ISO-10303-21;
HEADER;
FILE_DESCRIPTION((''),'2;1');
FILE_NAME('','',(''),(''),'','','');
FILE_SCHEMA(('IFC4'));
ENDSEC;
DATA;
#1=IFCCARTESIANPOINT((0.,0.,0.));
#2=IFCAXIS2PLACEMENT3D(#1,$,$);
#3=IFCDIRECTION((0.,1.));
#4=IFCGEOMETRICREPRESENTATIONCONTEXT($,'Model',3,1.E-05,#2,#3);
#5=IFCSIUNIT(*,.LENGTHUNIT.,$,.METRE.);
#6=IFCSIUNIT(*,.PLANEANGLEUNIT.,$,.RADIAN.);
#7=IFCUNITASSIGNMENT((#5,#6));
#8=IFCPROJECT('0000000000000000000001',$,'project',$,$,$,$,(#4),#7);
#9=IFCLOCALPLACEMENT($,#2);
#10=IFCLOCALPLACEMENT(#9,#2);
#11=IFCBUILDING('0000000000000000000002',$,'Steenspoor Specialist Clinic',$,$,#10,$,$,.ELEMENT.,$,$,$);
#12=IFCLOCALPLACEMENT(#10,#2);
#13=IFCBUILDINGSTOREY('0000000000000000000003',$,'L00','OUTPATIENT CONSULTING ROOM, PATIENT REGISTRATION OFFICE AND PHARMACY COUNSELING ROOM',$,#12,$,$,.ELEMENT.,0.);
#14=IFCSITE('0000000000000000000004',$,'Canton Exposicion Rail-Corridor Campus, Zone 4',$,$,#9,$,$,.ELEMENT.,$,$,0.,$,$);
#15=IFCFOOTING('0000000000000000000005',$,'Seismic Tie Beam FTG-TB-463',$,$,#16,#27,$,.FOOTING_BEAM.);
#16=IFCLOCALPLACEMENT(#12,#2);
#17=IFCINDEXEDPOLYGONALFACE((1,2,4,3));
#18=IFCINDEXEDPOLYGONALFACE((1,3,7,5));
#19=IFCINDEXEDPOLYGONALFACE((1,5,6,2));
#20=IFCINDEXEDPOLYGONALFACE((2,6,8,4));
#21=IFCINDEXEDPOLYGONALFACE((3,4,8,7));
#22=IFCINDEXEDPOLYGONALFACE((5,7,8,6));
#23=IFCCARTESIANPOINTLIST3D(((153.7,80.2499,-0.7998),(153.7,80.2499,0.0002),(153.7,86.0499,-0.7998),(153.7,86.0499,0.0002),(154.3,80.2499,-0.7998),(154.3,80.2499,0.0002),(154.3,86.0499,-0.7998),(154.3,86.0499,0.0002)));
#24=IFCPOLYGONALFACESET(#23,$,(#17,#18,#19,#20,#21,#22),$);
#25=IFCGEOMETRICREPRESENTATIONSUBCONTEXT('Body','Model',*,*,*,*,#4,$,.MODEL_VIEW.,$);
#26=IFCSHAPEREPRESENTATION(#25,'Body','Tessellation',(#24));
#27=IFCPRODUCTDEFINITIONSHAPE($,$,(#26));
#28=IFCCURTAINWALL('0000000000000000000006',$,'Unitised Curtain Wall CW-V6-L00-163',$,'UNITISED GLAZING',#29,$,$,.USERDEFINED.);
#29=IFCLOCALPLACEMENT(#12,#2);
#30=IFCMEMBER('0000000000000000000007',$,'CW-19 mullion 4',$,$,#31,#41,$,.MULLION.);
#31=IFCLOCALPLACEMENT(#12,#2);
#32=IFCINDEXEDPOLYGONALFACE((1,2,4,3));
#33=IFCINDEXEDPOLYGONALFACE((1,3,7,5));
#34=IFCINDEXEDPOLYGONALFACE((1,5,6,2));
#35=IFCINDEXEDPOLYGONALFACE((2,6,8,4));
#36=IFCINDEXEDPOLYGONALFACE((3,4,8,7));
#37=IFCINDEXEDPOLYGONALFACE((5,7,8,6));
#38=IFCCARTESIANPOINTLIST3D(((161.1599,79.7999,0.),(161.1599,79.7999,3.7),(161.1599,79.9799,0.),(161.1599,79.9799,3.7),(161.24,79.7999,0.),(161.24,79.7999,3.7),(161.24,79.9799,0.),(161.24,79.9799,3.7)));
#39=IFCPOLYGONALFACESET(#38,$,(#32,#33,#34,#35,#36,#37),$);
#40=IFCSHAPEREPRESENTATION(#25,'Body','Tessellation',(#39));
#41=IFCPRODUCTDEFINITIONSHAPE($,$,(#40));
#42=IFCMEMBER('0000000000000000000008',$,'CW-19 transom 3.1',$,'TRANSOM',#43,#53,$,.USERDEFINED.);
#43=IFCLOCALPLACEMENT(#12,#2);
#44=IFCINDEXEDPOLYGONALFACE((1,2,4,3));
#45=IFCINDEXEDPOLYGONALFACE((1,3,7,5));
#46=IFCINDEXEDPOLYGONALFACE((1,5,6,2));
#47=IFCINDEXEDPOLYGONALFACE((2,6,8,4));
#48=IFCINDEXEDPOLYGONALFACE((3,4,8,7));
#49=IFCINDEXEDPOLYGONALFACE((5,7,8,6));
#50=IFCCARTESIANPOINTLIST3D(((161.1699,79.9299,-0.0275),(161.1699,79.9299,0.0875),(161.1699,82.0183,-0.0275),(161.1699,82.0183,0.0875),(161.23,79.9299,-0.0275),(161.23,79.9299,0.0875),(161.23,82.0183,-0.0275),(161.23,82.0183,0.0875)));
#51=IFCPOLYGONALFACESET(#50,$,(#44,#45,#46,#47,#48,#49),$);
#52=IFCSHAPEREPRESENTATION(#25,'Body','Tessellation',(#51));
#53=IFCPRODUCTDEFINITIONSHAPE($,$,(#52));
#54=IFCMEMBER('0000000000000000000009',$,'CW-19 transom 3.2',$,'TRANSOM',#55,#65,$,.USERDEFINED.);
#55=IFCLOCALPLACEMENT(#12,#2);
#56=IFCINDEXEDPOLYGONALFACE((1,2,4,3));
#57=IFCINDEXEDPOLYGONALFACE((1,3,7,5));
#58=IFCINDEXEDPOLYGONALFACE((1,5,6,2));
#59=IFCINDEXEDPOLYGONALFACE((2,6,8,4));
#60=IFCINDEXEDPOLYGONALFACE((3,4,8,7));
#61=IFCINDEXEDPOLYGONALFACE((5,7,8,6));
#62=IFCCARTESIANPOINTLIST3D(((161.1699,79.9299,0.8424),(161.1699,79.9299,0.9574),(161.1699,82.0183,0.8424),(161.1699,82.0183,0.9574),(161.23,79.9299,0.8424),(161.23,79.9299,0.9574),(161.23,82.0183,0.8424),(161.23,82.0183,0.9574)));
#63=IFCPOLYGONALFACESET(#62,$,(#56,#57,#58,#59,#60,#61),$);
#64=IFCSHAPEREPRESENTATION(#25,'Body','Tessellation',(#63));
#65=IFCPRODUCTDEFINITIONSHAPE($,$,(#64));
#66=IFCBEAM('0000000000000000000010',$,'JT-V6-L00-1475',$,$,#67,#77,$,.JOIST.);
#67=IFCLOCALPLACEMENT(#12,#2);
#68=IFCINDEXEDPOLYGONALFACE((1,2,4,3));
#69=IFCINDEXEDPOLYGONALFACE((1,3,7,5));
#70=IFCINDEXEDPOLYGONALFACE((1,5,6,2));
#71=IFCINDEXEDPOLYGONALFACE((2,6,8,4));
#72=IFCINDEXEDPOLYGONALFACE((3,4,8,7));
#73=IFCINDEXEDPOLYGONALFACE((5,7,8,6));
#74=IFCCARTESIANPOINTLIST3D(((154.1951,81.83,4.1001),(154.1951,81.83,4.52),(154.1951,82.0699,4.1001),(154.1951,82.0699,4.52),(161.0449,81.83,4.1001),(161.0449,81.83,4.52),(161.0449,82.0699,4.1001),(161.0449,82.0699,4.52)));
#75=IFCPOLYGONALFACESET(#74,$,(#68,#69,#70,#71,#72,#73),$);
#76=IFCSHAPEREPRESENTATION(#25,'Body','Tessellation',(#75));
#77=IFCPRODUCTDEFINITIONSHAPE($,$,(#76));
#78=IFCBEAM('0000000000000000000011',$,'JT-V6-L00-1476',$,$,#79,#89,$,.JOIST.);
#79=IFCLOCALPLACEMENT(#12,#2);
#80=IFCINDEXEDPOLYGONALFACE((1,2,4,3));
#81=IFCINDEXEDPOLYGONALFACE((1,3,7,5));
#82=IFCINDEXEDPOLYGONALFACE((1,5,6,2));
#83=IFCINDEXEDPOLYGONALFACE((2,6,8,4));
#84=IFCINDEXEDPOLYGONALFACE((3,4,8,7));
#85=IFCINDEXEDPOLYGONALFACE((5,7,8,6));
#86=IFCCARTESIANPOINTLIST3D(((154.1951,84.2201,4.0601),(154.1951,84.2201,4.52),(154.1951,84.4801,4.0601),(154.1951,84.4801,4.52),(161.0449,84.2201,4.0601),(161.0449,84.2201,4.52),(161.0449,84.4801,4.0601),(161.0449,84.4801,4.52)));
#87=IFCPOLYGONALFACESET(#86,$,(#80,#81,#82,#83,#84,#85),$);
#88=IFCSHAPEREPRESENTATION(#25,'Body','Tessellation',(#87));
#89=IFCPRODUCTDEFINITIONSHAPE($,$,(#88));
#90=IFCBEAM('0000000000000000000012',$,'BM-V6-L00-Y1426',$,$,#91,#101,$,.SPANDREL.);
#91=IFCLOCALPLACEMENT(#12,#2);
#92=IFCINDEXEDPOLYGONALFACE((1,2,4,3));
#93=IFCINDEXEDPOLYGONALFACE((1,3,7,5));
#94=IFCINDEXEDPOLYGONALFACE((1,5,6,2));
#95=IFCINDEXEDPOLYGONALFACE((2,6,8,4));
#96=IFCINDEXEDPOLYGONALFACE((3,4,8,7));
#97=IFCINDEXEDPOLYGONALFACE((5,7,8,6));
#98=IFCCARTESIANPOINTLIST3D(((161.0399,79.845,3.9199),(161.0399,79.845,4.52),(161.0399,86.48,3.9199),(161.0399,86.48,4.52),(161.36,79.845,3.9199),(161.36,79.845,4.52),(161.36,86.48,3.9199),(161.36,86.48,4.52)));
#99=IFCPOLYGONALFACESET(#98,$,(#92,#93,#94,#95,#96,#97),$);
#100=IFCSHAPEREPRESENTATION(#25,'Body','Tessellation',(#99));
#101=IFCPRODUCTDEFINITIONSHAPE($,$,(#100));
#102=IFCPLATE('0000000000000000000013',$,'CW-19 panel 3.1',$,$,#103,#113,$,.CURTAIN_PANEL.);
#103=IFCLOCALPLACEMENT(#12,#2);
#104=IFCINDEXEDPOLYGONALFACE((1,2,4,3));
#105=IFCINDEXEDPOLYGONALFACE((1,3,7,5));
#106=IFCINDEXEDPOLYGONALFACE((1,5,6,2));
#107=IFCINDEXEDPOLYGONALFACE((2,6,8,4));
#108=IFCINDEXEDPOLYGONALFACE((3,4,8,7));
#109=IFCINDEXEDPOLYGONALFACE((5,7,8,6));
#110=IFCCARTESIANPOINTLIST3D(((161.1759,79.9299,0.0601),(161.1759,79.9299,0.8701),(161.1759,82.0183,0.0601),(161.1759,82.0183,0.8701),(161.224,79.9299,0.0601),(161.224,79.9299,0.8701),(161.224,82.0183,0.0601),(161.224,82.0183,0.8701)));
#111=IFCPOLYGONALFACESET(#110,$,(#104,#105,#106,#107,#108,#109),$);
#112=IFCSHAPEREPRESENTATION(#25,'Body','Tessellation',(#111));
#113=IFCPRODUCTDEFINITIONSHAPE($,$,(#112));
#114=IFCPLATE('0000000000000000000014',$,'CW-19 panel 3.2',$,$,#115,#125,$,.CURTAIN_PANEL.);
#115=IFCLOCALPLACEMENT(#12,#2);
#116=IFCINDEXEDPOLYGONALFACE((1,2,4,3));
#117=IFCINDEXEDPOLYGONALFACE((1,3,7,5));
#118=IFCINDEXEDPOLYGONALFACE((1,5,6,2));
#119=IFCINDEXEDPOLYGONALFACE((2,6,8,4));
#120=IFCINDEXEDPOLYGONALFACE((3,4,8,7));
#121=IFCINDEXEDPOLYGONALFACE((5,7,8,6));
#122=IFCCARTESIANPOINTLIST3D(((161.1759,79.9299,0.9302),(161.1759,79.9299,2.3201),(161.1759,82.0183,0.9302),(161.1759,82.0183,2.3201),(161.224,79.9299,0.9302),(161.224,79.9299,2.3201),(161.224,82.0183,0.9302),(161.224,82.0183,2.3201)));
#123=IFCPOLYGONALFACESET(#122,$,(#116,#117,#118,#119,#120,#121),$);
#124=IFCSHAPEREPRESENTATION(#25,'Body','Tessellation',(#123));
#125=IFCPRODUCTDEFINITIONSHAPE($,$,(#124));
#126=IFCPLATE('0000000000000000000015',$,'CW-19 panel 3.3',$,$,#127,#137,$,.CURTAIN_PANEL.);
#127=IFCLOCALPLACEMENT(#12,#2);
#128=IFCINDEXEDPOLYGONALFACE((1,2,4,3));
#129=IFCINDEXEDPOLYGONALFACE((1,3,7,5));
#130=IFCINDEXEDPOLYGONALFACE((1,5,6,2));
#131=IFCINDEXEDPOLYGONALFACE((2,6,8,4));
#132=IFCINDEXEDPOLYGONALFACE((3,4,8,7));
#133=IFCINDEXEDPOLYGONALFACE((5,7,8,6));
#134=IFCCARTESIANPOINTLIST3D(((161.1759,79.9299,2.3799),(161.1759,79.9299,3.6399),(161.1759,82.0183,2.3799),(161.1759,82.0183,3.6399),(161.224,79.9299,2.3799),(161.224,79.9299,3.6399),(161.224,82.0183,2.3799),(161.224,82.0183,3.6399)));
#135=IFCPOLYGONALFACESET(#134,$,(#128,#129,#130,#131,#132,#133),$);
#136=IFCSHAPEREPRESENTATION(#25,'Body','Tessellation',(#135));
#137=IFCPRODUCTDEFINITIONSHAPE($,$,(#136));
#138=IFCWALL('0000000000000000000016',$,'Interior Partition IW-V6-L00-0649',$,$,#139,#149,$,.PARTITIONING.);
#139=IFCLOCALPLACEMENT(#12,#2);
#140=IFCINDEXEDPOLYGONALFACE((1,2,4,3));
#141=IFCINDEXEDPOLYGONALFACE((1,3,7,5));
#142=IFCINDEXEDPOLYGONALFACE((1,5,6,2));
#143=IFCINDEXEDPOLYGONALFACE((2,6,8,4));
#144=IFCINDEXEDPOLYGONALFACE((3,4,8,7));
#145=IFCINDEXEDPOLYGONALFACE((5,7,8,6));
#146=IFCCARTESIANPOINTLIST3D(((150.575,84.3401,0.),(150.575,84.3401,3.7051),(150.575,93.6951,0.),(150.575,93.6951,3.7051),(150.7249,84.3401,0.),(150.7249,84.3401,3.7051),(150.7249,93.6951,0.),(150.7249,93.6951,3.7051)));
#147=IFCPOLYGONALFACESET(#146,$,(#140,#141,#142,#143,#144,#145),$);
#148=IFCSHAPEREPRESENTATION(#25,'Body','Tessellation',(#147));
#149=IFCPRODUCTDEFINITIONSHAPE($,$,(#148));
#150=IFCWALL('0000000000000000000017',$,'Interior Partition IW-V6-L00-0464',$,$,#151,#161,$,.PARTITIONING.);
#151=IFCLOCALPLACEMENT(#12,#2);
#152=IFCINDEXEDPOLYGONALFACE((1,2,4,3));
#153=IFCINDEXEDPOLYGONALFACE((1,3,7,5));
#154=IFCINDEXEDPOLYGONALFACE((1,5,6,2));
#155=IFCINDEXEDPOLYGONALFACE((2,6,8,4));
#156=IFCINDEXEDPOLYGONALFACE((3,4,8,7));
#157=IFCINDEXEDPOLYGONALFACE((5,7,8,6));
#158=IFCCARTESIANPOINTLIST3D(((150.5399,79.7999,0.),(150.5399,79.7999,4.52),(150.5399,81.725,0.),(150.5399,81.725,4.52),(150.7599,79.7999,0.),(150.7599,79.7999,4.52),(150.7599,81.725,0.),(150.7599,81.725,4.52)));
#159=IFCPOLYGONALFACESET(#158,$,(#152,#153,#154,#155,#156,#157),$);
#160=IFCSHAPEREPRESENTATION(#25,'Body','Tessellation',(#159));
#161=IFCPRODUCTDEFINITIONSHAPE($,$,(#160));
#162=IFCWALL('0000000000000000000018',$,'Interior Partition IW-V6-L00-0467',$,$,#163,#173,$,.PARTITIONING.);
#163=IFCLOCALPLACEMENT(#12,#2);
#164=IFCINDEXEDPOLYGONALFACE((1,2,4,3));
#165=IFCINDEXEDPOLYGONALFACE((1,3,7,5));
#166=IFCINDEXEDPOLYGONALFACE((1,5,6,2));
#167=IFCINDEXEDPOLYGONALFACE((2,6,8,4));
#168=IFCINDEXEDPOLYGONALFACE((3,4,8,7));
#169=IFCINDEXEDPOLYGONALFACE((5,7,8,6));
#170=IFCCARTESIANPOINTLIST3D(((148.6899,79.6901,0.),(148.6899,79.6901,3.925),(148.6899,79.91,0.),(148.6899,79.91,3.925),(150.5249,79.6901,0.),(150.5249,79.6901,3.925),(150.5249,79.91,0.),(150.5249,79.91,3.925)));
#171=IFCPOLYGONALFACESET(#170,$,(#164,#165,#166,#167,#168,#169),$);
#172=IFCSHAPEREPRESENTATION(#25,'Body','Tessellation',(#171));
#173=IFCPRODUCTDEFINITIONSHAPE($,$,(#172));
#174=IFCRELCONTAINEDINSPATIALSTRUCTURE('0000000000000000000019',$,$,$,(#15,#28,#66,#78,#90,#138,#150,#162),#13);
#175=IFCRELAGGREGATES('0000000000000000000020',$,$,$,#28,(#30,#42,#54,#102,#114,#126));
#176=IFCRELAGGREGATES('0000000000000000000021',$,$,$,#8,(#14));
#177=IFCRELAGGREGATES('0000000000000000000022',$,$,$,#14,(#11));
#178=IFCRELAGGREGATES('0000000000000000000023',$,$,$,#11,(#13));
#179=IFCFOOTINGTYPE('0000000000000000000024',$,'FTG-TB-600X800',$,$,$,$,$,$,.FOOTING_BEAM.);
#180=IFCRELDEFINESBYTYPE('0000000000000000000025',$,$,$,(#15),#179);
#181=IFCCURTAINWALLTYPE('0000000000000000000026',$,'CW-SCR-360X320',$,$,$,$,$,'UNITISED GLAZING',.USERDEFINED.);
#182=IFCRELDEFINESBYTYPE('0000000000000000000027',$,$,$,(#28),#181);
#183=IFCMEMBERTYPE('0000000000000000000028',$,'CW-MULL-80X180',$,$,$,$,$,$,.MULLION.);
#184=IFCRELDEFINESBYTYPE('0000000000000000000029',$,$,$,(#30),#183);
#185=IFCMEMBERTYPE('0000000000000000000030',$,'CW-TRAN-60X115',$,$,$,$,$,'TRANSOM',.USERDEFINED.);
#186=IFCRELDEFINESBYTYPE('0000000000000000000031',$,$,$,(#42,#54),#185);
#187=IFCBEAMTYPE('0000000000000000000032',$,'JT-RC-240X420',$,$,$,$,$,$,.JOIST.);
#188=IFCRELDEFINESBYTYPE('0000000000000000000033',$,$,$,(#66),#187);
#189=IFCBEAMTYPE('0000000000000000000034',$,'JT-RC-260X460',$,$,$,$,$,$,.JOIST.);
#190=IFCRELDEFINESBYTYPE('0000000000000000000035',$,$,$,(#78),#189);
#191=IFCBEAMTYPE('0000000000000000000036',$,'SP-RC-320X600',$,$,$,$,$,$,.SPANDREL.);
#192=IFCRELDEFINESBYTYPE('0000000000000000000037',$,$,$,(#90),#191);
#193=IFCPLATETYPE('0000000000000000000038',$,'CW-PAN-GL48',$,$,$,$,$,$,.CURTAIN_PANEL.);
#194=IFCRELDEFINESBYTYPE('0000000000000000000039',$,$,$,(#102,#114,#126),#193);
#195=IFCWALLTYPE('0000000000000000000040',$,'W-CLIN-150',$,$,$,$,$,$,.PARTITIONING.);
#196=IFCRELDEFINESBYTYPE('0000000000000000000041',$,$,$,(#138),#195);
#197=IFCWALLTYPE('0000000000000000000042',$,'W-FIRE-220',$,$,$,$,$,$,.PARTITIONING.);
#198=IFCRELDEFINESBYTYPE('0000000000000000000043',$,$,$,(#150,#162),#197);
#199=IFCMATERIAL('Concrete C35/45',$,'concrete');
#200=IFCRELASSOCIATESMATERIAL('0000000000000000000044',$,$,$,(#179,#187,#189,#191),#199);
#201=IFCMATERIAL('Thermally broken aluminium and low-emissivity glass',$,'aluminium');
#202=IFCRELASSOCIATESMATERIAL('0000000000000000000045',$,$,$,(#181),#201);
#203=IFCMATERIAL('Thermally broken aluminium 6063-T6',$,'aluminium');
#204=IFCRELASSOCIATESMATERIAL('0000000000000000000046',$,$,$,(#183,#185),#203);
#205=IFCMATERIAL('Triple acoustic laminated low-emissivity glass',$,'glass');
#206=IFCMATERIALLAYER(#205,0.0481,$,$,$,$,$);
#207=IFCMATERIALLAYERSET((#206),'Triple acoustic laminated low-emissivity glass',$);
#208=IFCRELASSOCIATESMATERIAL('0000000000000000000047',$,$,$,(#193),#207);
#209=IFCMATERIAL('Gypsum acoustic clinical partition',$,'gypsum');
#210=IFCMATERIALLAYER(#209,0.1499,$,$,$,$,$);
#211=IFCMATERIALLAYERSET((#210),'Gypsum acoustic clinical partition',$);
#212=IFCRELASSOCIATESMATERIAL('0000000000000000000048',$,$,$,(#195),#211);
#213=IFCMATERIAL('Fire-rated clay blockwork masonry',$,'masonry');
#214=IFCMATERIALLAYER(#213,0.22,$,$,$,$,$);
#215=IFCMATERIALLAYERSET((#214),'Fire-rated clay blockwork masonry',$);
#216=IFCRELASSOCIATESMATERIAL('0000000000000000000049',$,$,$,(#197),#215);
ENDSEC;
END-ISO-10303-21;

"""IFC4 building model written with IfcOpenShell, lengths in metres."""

from ifc_helpers import new_model, si_unit, direction, frame, frame_2d, origin, origin_2d, place, context, subcontext, project, spatial, rectangle, extrude, material, layer, layer_set, material_profile, profile_set, type_object, element, aggregate, save


model = new_model("IFC4")

# Units and contexts
model_context = context("Model", 3, precision=1e-05, world=origin(), true_north=direction((0.0, 1.0)))
body_context = subcontext(model_context, "Body", "Model", "MODEL_VIEW")
ifc_project = project(units=[si_unit("LENGTHUNIT", "METRE"), si_unit("PLANEANGLEUNIT", "RADIAN")], contexts=[model_context])

# Site, building, storey
site_placement = place(None, origin())
site = spatial("IfcSite", under=ifc_project, at=site_placement, Name="Canton Exposicion Rail-Corridor Campus, Zone 4", CompositionType="ELEMENT", RefElevation=0.0)
building_placement = place(site_placement, origin())
building = spatial("IfcBuilding", under=site, at=building_placement, Name="Steenspoor Specialist Clinic", CompositionType="ELEMENT")
storey_placement = place(building_placement, origin())
storey = spatial("IfcBuildingStorey", under=building, at=storey_placement, Name="L00", Description="OUTPATIENT CONSULTING ROOM, PATIENT REGISTRATION OFFICE AND PHARMACY COUNSELING ROOM", CompositionType="ELEMENT", Elevation=0.0)

# Footing
ifc_material_1 = material(Name="Concrete C35/45", Category="concrete")
footing_type = type_object("IfcFootingType", Name="FTG-TB-600X800", PredefinedType="FOOTING_BEAM", material=ifc_material_1)
footing_placement = place(storey_placement, frame((154.0, 83.1499, -0.7998), z_axis=(0.0, 0.0, 1.0), x_axis=(1.0, 0.0, 0.0)))
element("IfcFooting", 1, at=footing_placement, inside=storey, type_object=footing_type, Name="Seismic Tie Beam FTG-TB-463", PredefinedType="FOOTING_BEAM", context=body_context, shape_type="SweptSolid", body=[
    extrude(rectangle(XDim=0.6001, YDim=5.8, at=origin_2d()), origin(), (0.0, 0.0, 1.0), 0.8),
])

# Curtain wall, members
ifc_material_2 = material(Name="Thermally broken aluminium and low-emissivity glass", Category="aluminium")
curtain_wall_type = type_object("IfcCurtainWallType", Name="CW-SCR-360X320", ElementType="UNITISED GLAZING", PredefinedType="USERDEFINED", material=ifc_material_2)
curtain_wall_placement = place(storey_placement, origin())
curtain_wall = element("IfcCurtainWall", 2, at=curtain_wall_placement, inside=storey, type_object=curtain_wall_type, Name="Unitised Curtain Wall CW-V6-L00-163", ObjectType="UNITISED GLAZING", PredefinedType="USERDEFINED")
ifc_material_3 = material(Name="Thermally broken aluminium 6063-T6", Category="aluminium")
ifc_material_profile_1 = material_profile(ifc_material_3, rectangle(XDim=0.0801, YDim=0.1799, at=origin_2d()), Name="CWM-80X180")
ifc_profile_set_1 = profile_set([ifc_material_profile_1], Name="Thermally broken aluminium 6063-T6")
member_type_1 = type_object("IfcMemberType", Name="CW-MULL-80X180", PredefinedType="MULLION", material=ifc_profile_set_1)
member_1_placement = place(storey_placement, frame((161.2, 79.8899, 0.0), z_axis=(0.0, 0.0, 1.0), x_axis=(1.0, 0.0, 0.0)))
member_1 = element("IfcMember", 3, at=member_1_placement, type_object=member_type_1, Name="CW-19 mullion 4", PredefinedType="MULLION", context=body_context, shape_type="SweptSolid", body=[
    extrude(rectangle(XDim=0.0801, YDim=0.1799, at=origin_2d()), origin(), (0.0, 0.0, 1.0), 3.7),
])
ifc_material_profile_2 = material_profile(ifc_material_3, rectangle(XDim=0.0601, YDim=0.115, at=origin_2d()), Name="CWT-60X115")
ifc_profile_set_2 = profile_set([ifc_material_profile_2], Name="Thermally broken aluminium 6063-T6")
member_type_2 = type_object("IfcMemberType", Name="CW-TRAN-60X115", ElementType="TRANSOM", PredefinedType="USERDEFINED", material=ifc_profile_set_2)
member_2_placement = place(storey_placement, frame((161.2, 82.0183, 0.03), z_axis=(0.0, -1.0, 0.0), x_axis=(1.0, 0.0, 0.0)))
member_2 = element("IfcMember", 4, at=member_2_placement, type_object=member_type_2, Name="CW-19 transom 3.1", ObjectType="TRANSOM", PredefinedType="USERDEFINED", context=body_context, shape_type="SweptSolid", body=[
    extrude(rectangle(XDim=0.0601, YDim=0.115, at=origin_2d()), origin(), (0.0, 0.0, 1.0), 2.0884),
])
member_3_placement = place(storey_placement, frame((161.2, 82.0183, 0.8999), z_axis=(0.0, -1.0, 0.0), x_axis=(1.0, 0.0, 0.0)))
member_3 = element("IfcMember", 5, at=member_3_placement, type_object=member_type_2, Name="CW-19 transom 3.2", ObjectType="TRANSOM", PredefinedType="USERDEFINED", context=body_context, shape_type="SweptSolid", body=[
    extrude(rectangle(XDim=0.0601, YDim=0.115, at=origin_2d()), origin(), (0.0, 0.0, 1.0), 2.0884),
])

# Beams
ifc_material_profile_3 = material_profile(ifc_material_1, rectangle(XDim=0.24, YDim=0.4199, at=origin_2d()), Name="RC-JT-240X420")
ifc_profile_set_3 = profile_set([ifc_material_profile_3], Name="Concrete C35/45")
beam_type_1 = type_object("IfcBeamType", Name="JT-RC-240X420", PredefinedType="JOIST", material=ifc_profile_set_3)
beam_1_placement = place(storey_placement, frame((154.1951, 81.95, 4.3101), z_axis=(1.0, 0.0, 0.0), x_axis=(0.0, 1.0, 0.0)))
element("IfcBeam", 6, at=beam_1_placement, inside=storey, type_object=beam_type_1, Name="JT-V6-L00-1475", PredefinedType="JOIST", context=body_context, shape_type="SweptSolid", body=[
    extrude(rectangle(XDim=0.24, YDim=0.4199, at=origin_2d()), origin(), (0.0, 0.0, 1.0), 6.8499),
])
ifc_material_profile_4 = material_profile(ifc_material_1, rectangle(XDim=0.26, YDim=0.46, at=origin_2d()), Name="RC-JT-260X460")
ifc_profile_set_4 = profile_set([ifc_material_profile_4], Name="Concrete C35/45")
beam_type_2 = type_object("IfcBeamType", Name="JT-RC-260X460", PredefinedType="JOIST", material=ifc_profile_set_4)
beam_2_placement = place(storey_placement, frame((154.1951, 84.3501, 4.29), z_axis=(1.0, 0.0, 0.0), x_axis=(0.0, 1.0, 0.0)))
element("IfcBeam", 7, at=beam_2_placement, inside=storey, type_object=beam_type_2, Name="JT-V6-L00-1476", PredefinedType="JOIST", context=body_context, shape_type="SweptSolid", body=[
    extrude(rectangle(XDim=0.26, YDim=0.46, at=origin_2d()), origin(), (0.0, 0.0, 1.0), 6.8499),
])
ifc_material_profile_5 = material_profile(ifc_material_1, rectangle(XDim=0.3201, YDim=0.6001, at=origin_2d()), Name="RC-SP-320X600")
ifc_profile_set_5 = profile_set([ifc_material_profile_5], Name="Concrete C35/45")
beam_type_3 = type_object("IfcBeamType", Name="SP-RC-320X600", PredefinedType="SPANDREL", material=ifc_profile_set_5)
beam_3_placement = place(storey_placement, frame((161.2, 79.845, 4.22), z_axis=(0.0, 1.0, 0.0), x_axis=(-1.0, 0.0, 0.0)))
element("IfcBeam", 8, at=beam_3_placement, inside=storey, type_object=beam_type_3, Name="BM-V6-L00-Y1426", PredefinedType="SPANDREL", context=body_context, shape_type="SweptSolid", body=[
    extrude(rectangle(XDim=0.3201, YDim=0.6001, at=origin_2d()), origin(), (0.0, 0.0, 1.0), 6.635),
])

# Plates
ifc_material_4 = material(Name="Triple acoustic laminated low-emissivity glass", Category="glass")
ifc_layer_1 = layer(ifc_material_4, 0.0481)
ifc_layer_set_1 = layer_set([ifc_layer_1], Name="Triple acoustic laminated low-emissivity glass")
plate_type = type_object("IfcPlateType", Name="CW-PAN-GL48", PredefinedType="CURTAIN_PANEL", material=ifc_layer_set_1)
plate_1_placement = place(storey_placement, frame((161.2, 80.9741, 0.0601), z_axis=(0.0, 0.0, 1.0), x_axis=(0.0, -1.0, 0.0)))
plate_1 = element("IfcPlate", 9, at=plate_1_placement, type_object=plate_type, Name="CW-19 panel 3.1", PredefinedType="CURTAIN_PANEL", context=body_context, shape_type="SweptSolid", body=[
    extrude(rectangle(XDim=2.0884, YDim=0.0481, at=origin_2d()), origin(), (0.0, 0.0, 1.0), 0.8101),
])
plate_2_placement = place(storey_placement, frame((161.2, 80.9741, 0.9302), z_axis=(0.0, 0.0, 1.0), x_axis=(0.0, -1.0, 0.0)))
plate_2 = element("IfcPlate", 10, at=plate_2_placement, type_object=plate_type, Name="CW-19 panel 3.2", PredefinedType="CURTAIN_PANEL", context=body_context, shape_type="SweptSolid", body=[
    extrude(rectangle(XDim=2.0884, YDim=0.0481, at=origin_2d()), origin(), (0.0, 0.0, 1.0), 1.3899),
])
plate_3_placement = place(storey_placement, frame((161.2, 80.9741, 2.3799), z_axis=(0.0, 0.0, 1.0), x_axis=(0.0, -1.0, 0.0)))
plate_3 = element("IfcPlate", 11, at=plate_3_placement, type_object=plate_type, Name="CW-19 panel 3.3", PredefinedType="CURTAIN_PANEL", context=body_context, shape_type="SweptSolid", body=[
    extrude(rectangle(XDim=2.0884, YDim=0.0481, at=origin_2d()), origin(), (0.0, 0.0, 1.0), 1.26),
])
aggregate(curtain_wall, [member_1, member_2, member_3, plate_1, plate_2, plate_3])

# Shared definitions
ifc_material_5 = material(Name="Gypsum acoustic clinical partition", Category="gypsum")
ifc_layer_2 = layer(ifc_material_5, 0.1499)
ifc_layer_set_2 = layer_set([ifc_layer_2], Name="Gypsum acoustic clinical partition")
wall_type_1 = type_object("IfcWallType", Name="W-CLIN-150", PredefinedType="PARTITIONING", material=ifc_layer_set_2)

# Walls
wall_1_placement = place(storey_placement, frame((150.6499, 84.3401, 0.0), z_axis=(0.0, 0.0, 1.0), x_axis=(0.0, 1.0, 0.0)))
element("IfcWall", 12, at=wall_1_placement, inside=storey, type_object=wall_type_1, Name="Interior Partition IW-V6-L00-0649", PredefinedType="PARTITIONING", context=body_context, shape_type="SweptSolid", body=[
    extrude(rectangle(XDim=9.355, YDim=0.1499, at=frame_2d((4.6775, 0.0))), origin(), (0.0, 0.0, 1.0), 3.7051),
])
ifc_material_6 = material(Name="Fire-rated clay blockwork masonry", Category="masonry")
ifc_layer_3 = layer(ifc_material_6, 0.22)
ifc_layer_set_3 = layer_set([ifc_layer_3], Name="Fire-rated clay blockwork masonry")
wall_type_2 = type_object("IfcWallType", Name="W-FIRE-220", PredefinedType="PARTITIONING", material=ifc_layer_set_3)
wall_2_placement = place(storey_placement, frame((150.6499, 79.8, 0.0), z_axis=(0.0, 0.0, 1.0), x_axis=(0.0, 1.0, 0.0)))
element("IfcWall", 13, at=wall_2_placement, inside=storey, type_object=wall_type_2, Name="Interior Partition IW-V6-L00-0464", PredefinedType="PARTITIONING", context=body_context, shape_type="SweptSolid", body=[
    extrude(rectangle(XDim=1.925, YDim=0.22, at=frame_2d((0.9624, 0.0))), origin(), (0.0, 0.0, 1.0), 4.52),
])
wall_3_placement = place(storey_placement, frame((148.6899, 79.8, 0.0), z_axis=(0.0, 0.0, 1.0), x_axis=(1.0, 0.0, 0.0)))
element("IfcWall", 14, at=wall_3_placement, inside=storey, type_object=wall_type_2, Name="Interior Partition IW-V6-L00-0467", PredefinedType="PARTITIONING", context=body_context, shape_type="SweptSolid", body=[
    extrude(rectangle(XDim=1.835, YDim=0.22, at=frame_2d((0.9175, 0.0))), origin(), (0.0, 0.0, 1.0), 3.925),
])

save(model, "model.ifc")
